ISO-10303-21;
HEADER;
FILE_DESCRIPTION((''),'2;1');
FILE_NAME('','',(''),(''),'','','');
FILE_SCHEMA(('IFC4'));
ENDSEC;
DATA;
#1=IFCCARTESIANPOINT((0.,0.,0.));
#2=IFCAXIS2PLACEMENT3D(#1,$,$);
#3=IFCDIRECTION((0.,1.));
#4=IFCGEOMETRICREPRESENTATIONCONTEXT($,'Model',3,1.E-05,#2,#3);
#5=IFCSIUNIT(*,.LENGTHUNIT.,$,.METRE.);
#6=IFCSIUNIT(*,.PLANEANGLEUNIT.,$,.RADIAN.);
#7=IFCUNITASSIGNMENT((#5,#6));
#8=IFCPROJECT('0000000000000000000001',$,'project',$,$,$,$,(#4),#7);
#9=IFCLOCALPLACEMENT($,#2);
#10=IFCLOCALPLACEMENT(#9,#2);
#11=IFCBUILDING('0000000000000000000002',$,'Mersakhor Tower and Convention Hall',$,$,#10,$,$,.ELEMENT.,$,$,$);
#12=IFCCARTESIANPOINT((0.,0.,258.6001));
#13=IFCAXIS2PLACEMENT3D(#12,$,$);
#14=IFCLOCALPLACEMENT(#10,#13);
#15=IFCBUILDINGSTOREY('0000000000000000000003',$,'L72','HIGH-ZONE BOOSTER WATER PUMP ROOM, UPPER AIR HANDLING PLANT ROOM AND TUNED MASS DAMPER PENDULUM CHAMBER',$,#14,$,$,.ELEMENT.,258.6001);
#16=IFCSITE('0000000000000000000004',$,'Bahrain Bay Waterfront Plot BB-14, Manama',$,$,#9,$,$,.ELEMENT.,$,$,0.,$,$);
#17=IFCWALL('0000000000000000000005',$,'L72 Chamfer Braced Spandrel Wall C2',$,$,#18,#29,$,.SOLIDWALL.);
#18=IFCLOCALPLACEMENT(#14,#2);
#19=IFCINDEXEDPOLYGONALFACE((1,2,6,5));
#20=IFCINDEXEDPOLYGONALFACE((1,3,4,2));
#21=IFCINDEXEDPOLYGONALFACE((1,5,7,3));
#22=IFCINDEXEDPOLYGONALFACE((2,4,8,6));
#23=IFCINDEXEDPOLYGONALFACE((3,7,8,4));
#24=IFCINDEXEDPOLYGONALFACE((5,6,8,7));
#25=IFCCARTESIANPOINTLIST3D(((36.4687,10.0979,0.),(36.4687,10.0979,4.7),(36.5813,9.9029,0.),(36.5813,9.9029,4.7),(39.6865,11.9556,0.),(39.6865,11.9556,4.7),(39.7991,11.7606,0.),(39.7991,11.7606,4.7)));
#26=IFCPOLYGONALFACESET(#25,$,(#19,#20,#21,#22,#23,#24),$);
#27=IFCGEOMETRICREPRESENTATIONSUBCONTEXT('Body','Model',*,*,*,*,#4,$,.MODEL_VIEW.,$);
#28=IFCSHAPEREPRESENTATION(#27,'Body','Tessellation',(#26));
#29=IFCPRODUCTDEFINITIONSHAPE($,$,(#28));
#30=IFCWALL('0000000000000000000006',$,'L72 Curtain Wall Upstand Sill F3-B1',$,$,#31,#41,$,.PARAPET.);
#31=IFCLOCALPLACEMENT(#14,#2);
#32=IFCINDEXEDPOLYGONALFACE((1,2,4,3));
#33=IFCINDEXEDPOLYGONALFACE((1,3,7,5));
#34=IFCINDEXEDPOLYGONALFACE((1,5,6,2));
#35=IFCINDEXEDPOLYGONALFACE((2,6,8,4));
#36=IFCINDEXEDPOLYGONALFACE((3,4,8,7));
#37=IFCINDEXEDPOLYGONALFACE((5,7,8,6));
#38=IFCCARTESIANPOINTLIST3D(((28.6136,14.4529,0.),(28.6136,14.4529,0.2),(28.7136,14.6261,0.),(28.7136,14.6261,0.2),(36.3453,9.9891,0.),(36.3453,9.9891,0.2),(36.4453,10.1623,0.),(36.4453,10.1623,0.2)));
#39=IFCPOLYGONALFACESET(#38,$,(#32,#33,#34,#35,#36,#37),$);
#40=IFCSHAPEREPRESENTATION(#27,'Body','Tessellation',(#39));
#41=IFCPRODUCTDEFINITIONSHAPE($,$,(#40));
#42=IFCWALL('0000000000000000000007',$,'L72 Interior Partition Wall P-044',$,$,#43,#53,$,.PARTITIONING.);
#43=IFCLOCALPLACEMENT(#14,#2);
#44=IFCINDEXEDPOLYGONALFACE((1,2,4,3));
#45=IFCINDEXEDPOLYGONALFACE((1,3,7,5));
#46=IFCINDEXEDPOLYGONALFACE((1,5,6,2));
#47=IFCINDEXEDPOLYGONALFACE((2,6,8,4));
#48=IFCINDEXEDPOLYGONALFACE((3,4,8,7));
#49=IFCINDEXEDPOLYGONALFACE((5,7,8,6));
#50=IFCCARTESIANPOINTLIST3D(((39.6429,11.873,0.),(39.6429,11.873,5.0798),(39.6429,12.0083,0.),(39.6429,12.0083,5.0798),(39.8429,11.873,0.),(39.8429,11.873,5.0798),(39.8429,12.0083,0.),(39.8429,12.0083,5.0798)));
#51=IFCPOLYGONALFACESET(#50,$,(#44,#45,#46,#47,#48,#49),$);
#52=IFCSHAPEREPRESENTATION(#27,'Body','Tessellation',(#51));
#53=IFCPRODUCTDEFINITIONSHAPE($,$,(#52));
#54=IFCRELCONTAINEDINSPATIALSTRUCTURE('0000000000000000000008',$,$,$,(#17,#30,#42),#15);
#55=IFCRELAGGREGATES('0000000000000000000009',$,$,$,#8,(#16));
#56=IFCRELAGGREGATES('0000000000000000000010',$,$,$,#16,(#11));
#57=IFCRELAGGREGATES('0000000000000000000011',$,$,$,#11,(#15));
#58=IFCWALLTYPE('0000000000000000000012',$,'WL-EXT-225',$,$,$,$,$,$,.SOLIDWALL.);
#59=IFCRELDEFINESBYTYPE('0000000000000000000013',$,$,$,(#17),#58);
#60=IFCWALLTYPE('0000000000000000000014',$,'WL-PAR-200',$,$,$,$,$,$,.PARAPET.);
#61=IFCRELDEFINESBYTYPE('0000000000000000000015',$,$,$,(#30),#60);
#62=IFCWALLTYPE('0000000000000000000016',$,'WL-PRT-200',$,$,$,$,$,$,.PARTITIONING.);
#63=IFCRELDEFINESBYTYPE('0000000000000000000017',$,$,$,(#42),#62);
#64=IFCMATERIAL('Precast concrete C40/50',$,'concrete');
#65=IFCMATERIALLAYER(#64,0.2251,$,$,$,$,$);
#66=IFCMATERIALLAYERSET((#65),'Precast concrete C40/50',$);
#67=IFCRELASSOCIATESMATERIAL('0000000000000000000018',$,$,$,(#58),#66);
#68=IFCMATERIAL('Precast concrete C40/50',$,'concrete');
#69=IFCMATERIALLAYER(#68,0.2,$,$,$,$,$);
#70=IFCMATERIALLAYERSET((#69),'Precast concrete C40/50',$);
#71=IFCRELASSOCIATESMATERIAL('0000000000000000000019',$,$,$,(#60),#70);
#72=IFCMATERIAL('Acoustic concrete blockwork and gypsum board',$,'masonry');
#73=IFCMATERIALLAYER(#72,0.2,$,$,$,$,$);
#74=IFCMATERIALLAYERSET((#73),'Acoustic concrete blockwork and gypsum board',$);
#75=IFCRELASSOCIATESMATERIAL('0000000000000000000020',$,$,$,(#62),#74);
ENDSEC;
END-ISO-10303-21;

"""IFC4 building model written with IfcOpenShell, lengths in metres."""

from ifc_helpers import new_model, si_unit, direction, frame, frame_2d, origin, place, context, subcontext, project, spatial, rectangle, extrude, material, layer, layer_set, type_object, element, save


model = new_model("IFC4")

# Units and contexts
model_context = context("Model", 3, precision=1e-05, world=origin(), true_north=direction((0.0, 1.0)))
body_context = subcontext(model_context, "Body", "Model", "MODEL_VIEW")
ifc_project = project(units=[si_unit("LENGTHUNIT", "METRE"), si_unit("PLANEANGLEUNIT", "RADIAN")], contexts=[model_context])

# Site, building, storey
site_placement = place(None, origin())
site = spatial("IfcSite", under=ifc_project, at=site_placement, Name="Bahrain Bay Waterfront Plot BB-14, Manama", CompositionType="ELEMENT", RefElevation=0.0)
building_placement = place(site_placement, origin())
building = spatial("IfcBuilding", under=site, at=building_placement, Name="Mersakhor Tower and Convention Hall", CompositionType="ELEMENT")
storey_placement = place(building_placement, frame((0.0, 0.0, 258.6001)))
storey = spatial("IfcBuildingStorey", under=building, at=storey_placement, Name="L72", Description="HIGH-ZONE BOOSTER WATER PUMP ROOM, UPPER AIR HANDLING PLANT ROOM AND TUNED MASS DAMPER PENDULUM CHAMBER", CompositionType="ELEMENT", Elevation=258.6001)

# Walls
ifc_material_1 = material(Name="Precast concrete C40/50", Category="concrete")
ifc_layer_1 = layer(ifc_material_1, 0.2251)
ifc_layer_set_1 = layer_set([ifc_layer_1], Name="Precast concrete C40/50")
wall_type_1 = type_object("IfcWallType", Name="WL-EXT-225", PredefinedType="SOLIDWALL", material=ifc_layer_set_1)
wall_1_placement = place(storey_placement, frame((39.7429, 11.8582, 0.0), z_axis=(0.0, 0.0, 1.0), x_axis=(-0.866039, -0.499977, 0.0)))
element("IfcWall", 1, at=wall_1_placement, inside=storey, type_object=wall_type_1, Name="L72 Chamfer Braced Spandrel Wall C2", PredefinedType="SOLIDWALL", context=body_context, shape_type="SweptSolid", body=[
    extrude(rectangle(XDim=3.7156, YDim=0.2251, at=frame_2d((1.8579, 0.0))), origin(), (0.0, 0.0, 1.0), 4.7),
])
ifc_material_2 = material(Name="Precast concrete C40/50", Category="concrete")
ifc_layer_2 = layer(ifc_material_2, 0.2)
ifc_layer_set_2 = layer_set([ifc_layer_2], Name="Precast concrete C40/50")
wall_type_2 = type_object("IfcWallType", Name="WL-PAR-200", PredefinedType="PARAPET", material=ifc_layer_set_2)
wall_2_placement = place(storey_placement, frame((36.3953, 10.0757, 0.0), z_axis=(0.0, 0.0, 1.0), x_axis=(-0.866027, 0.499998, 0.0)))
element("IfcWall", 2, at=wall_2_placement, inside=storey, type_object=wall_type_2, Name="L72 Curtain Wall Upstand Sill F3-B1", PredefinedType="PARAPET", context=body_context, shape_type="SweptSolid", body=[
    extrude(rectangle(XDim=8.9277, YDim=0.2, at=frame_2d((4.4639, 0.0))), origin(), (0.0, 0.0, 1.0), 0.2),
])
ifc_material_3 = material(Name="Acoustic concrete blockwork and gypsum board", Category="masonry")
ifc_layer_3 = layer(ifc_material_3, 0.2)
ifc_layer_set_3 = layer_set([ifc_layer_3], Name="Acoustic concrete blockwork and gypsum board")
wall_type_3 = type_object("IfcWallType", Name="WL-PRT-200", PredefinedType="PARTITIONING", material=ifc_layer_set_3)
wall_3_placement = place(storey_placement, frame((39.7429, 12.0083, 0.0), z_axis=(0.0, 0.0, 1.0), x_axis=(0.0, -1.0, 0.0)))
element("IfcWall", 3, at=wall_3_placement, inside=storey, type_object=wall_type_3, Name="L72 Interior Partition Wall P-044", PredefinedType="PARTITIONING", context=body_context, shape_type="SweptSolid", body=[
    extrude(rectangle(XDim=0.1353, YDim=0.2, at=frame_2d((0.0676, 0.0))), origin(), (0.0, 0.0, 1.0), 5.0798),
])

save(model, "model.ifc")
